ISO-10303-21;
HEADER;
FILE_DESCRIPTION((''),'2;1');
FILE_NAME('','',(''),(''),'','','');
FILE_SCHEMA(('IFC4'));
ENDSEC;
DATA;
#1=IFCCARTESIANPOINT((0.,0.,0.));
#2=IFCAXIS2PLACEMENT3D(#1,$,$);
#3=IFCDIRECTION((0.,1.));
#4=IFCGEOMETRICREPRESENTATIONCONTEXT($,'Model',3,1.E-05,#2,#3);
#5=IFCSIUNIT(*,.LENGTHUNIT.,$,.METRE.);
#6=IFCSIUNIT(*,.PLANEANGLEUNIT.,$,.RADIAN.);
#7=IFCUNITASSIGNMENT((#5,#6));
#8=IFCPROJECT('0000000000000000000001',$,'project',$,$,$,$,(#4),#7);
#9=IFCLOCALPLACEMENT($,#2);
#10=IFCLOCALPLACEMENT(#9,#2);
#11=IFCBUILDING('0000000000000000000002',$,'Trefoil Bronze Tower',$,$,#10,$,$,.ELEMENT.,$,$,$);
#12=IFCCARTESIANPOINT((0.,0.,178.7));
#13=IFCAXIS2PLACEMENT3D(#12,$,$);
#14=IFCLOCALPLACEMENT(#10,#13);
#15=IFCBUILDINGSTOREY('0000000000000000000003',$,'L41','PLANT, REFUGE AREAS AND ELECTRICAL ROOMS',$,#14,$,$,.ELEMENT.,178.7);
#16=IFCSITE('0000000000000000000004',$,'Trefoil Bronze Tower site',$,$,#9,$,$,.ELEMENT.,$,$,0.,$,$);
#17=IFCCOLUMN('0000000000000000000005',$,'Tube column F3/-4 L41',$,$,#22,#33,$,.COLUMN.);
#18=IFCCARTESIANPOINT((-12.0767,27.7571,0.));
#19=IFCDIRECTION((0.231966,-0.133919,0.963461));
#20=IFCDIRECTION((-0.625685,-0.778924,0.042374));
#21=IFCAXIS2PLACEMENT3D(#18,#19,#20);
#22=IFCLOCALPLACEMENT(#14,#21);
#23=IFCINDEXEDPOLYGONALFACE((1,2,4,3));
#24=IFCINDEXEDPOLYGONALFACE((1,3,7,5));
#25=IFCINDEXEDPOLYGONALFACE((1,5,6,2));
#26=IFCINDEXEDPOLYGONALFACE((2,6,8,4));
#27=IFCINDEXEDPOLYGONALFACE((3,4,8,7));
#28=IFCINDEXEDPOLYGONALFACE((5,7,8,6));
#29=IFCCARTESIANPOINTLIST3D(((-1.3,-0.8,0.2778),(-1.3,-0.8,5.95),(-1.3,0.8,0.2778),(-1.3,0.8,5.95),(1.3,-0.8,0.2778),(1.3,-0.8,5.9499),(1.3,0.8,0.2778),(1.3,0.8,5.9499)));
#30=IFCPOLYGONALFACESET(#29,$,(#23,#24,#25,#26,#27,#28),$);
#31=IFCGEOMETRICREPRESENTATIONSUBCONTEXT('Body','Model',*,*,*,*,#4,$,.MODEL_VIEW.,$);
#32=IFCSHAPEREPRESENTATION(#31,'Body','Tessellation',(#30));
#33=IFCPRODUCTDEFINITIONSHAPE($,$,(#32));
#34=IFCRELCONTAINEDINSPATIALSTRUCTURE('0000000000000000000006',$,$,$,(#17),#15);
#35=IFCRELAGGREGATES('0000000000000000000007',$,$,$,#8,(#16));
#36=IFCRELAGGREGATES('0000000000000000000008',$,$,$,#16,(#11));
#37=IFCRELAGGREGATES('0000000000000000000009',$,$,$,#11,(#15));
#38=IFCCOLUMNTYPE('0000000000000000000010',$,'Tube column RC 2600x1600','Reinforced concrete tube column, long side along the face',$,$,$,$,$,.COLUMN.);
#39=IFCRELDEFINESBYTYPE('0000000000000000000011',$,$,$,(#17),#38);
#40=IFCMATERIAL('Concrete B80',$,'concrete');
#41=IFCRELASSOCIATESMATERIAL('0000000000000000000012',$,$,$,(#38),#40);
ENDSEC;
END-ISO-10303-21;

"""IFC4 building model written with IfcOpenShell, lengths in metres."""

from ifc_helpers import new_model, si_unit, direction, frame, origin, origin_2d, place, context, subcontext, project, spatial, rectangle, extrude, clip, halfspace, material, material_profile, profile_set, type_object, element, save


model = new_model("IFC4")

# Units and contexts
model_context = context("Model", 3, precision=1e-05, world=origin(), true_north=direction((0.0, 1.0)))
body_context = subcontext(model_context, "Body", "Model", "MODEL_VIEW")
ifc_project = project(units=[si_unit("LENGTHUNIT", "METRE"), si_unit("PLANEANGLEUNIT", "RADIAN")], contexts=[model_context])

# Site, building, storey
site_placement = place(None, origin())
site = spatial("IfcSite", under=ifc_project, at=site_placement, Name="Trefoil Bronze Tower site", CompositionType="ELEMENT", RefElevation=0.0)
building_placement = place(site_placement, origin())
building = spatial("IfcBuilding", under=site, at=building_placement, Name="Trefoil Bronze Tower", CompositionType="ELEMENT")
storey_placement = place(building_placement, frame((0.0, 0.0, 178.7)))
storey = spatial("IfcBuildingStorey", under=building, at=storey_placement, Name="L41", Description="PLANT, REFUGE AREAS AND ELECTRICAL ROOMS", CompositionType="ELEMENT", Elevation=178.7)

# Column
ifc_material_1 = material(Name="Concrete B80", Category="concrete")
ifc_material_profile_1 = material_profile(ifc_material_1, rectangle(XDim=2.6001, YDim=1.6001, at=origin_2d()), Name="RC 2600x1600")
ifc_profile_set_1 = profile_set([ifc_material_profile_1], Name="Concrete B80")
column_type = type_object("IfcColumnType", Name="Tube column RC 2600x1600", Description="Reinforced concrete tube column, long side along the face", PredefinedType="COLUMN", material=ifc_profile_set_1)
column_placement = place(storey_placement, frame((-12.0767, 27.7571, 0.0), z_axis=(0.231966, -0.133919, 0.963461), x_axis=(-0.625685, -0.778924, 0.042374)))
element("IfcColumn", 1, at=column_placement, inside=storey, type_object=column_type, Name="Tube column F3/-4 L41", PredefinedType="COLUMN", context=body_context, shape_type="Clipping", body=[
    clip(clip(extrude(rectangle(XDim=2.6001, YDim=1.6001, at=origin_2d()), origin(), (0.0, 0.0, 1.0), 6.2275), halfspace(frame((0.0, 0.0, 0.2778), z_axis=(0.000005, 0.000006, 1.0), x_axis=(0.0, 1.0, -0.000006)), True)), halfspace(frame((0.0, 0.0002, 5.95), z_axis=(-0.000005, -0.000006, -1.0), x_axis=(0.0, -1.0, 0.000006)), True)),
])

save(model, "model.ifc")
